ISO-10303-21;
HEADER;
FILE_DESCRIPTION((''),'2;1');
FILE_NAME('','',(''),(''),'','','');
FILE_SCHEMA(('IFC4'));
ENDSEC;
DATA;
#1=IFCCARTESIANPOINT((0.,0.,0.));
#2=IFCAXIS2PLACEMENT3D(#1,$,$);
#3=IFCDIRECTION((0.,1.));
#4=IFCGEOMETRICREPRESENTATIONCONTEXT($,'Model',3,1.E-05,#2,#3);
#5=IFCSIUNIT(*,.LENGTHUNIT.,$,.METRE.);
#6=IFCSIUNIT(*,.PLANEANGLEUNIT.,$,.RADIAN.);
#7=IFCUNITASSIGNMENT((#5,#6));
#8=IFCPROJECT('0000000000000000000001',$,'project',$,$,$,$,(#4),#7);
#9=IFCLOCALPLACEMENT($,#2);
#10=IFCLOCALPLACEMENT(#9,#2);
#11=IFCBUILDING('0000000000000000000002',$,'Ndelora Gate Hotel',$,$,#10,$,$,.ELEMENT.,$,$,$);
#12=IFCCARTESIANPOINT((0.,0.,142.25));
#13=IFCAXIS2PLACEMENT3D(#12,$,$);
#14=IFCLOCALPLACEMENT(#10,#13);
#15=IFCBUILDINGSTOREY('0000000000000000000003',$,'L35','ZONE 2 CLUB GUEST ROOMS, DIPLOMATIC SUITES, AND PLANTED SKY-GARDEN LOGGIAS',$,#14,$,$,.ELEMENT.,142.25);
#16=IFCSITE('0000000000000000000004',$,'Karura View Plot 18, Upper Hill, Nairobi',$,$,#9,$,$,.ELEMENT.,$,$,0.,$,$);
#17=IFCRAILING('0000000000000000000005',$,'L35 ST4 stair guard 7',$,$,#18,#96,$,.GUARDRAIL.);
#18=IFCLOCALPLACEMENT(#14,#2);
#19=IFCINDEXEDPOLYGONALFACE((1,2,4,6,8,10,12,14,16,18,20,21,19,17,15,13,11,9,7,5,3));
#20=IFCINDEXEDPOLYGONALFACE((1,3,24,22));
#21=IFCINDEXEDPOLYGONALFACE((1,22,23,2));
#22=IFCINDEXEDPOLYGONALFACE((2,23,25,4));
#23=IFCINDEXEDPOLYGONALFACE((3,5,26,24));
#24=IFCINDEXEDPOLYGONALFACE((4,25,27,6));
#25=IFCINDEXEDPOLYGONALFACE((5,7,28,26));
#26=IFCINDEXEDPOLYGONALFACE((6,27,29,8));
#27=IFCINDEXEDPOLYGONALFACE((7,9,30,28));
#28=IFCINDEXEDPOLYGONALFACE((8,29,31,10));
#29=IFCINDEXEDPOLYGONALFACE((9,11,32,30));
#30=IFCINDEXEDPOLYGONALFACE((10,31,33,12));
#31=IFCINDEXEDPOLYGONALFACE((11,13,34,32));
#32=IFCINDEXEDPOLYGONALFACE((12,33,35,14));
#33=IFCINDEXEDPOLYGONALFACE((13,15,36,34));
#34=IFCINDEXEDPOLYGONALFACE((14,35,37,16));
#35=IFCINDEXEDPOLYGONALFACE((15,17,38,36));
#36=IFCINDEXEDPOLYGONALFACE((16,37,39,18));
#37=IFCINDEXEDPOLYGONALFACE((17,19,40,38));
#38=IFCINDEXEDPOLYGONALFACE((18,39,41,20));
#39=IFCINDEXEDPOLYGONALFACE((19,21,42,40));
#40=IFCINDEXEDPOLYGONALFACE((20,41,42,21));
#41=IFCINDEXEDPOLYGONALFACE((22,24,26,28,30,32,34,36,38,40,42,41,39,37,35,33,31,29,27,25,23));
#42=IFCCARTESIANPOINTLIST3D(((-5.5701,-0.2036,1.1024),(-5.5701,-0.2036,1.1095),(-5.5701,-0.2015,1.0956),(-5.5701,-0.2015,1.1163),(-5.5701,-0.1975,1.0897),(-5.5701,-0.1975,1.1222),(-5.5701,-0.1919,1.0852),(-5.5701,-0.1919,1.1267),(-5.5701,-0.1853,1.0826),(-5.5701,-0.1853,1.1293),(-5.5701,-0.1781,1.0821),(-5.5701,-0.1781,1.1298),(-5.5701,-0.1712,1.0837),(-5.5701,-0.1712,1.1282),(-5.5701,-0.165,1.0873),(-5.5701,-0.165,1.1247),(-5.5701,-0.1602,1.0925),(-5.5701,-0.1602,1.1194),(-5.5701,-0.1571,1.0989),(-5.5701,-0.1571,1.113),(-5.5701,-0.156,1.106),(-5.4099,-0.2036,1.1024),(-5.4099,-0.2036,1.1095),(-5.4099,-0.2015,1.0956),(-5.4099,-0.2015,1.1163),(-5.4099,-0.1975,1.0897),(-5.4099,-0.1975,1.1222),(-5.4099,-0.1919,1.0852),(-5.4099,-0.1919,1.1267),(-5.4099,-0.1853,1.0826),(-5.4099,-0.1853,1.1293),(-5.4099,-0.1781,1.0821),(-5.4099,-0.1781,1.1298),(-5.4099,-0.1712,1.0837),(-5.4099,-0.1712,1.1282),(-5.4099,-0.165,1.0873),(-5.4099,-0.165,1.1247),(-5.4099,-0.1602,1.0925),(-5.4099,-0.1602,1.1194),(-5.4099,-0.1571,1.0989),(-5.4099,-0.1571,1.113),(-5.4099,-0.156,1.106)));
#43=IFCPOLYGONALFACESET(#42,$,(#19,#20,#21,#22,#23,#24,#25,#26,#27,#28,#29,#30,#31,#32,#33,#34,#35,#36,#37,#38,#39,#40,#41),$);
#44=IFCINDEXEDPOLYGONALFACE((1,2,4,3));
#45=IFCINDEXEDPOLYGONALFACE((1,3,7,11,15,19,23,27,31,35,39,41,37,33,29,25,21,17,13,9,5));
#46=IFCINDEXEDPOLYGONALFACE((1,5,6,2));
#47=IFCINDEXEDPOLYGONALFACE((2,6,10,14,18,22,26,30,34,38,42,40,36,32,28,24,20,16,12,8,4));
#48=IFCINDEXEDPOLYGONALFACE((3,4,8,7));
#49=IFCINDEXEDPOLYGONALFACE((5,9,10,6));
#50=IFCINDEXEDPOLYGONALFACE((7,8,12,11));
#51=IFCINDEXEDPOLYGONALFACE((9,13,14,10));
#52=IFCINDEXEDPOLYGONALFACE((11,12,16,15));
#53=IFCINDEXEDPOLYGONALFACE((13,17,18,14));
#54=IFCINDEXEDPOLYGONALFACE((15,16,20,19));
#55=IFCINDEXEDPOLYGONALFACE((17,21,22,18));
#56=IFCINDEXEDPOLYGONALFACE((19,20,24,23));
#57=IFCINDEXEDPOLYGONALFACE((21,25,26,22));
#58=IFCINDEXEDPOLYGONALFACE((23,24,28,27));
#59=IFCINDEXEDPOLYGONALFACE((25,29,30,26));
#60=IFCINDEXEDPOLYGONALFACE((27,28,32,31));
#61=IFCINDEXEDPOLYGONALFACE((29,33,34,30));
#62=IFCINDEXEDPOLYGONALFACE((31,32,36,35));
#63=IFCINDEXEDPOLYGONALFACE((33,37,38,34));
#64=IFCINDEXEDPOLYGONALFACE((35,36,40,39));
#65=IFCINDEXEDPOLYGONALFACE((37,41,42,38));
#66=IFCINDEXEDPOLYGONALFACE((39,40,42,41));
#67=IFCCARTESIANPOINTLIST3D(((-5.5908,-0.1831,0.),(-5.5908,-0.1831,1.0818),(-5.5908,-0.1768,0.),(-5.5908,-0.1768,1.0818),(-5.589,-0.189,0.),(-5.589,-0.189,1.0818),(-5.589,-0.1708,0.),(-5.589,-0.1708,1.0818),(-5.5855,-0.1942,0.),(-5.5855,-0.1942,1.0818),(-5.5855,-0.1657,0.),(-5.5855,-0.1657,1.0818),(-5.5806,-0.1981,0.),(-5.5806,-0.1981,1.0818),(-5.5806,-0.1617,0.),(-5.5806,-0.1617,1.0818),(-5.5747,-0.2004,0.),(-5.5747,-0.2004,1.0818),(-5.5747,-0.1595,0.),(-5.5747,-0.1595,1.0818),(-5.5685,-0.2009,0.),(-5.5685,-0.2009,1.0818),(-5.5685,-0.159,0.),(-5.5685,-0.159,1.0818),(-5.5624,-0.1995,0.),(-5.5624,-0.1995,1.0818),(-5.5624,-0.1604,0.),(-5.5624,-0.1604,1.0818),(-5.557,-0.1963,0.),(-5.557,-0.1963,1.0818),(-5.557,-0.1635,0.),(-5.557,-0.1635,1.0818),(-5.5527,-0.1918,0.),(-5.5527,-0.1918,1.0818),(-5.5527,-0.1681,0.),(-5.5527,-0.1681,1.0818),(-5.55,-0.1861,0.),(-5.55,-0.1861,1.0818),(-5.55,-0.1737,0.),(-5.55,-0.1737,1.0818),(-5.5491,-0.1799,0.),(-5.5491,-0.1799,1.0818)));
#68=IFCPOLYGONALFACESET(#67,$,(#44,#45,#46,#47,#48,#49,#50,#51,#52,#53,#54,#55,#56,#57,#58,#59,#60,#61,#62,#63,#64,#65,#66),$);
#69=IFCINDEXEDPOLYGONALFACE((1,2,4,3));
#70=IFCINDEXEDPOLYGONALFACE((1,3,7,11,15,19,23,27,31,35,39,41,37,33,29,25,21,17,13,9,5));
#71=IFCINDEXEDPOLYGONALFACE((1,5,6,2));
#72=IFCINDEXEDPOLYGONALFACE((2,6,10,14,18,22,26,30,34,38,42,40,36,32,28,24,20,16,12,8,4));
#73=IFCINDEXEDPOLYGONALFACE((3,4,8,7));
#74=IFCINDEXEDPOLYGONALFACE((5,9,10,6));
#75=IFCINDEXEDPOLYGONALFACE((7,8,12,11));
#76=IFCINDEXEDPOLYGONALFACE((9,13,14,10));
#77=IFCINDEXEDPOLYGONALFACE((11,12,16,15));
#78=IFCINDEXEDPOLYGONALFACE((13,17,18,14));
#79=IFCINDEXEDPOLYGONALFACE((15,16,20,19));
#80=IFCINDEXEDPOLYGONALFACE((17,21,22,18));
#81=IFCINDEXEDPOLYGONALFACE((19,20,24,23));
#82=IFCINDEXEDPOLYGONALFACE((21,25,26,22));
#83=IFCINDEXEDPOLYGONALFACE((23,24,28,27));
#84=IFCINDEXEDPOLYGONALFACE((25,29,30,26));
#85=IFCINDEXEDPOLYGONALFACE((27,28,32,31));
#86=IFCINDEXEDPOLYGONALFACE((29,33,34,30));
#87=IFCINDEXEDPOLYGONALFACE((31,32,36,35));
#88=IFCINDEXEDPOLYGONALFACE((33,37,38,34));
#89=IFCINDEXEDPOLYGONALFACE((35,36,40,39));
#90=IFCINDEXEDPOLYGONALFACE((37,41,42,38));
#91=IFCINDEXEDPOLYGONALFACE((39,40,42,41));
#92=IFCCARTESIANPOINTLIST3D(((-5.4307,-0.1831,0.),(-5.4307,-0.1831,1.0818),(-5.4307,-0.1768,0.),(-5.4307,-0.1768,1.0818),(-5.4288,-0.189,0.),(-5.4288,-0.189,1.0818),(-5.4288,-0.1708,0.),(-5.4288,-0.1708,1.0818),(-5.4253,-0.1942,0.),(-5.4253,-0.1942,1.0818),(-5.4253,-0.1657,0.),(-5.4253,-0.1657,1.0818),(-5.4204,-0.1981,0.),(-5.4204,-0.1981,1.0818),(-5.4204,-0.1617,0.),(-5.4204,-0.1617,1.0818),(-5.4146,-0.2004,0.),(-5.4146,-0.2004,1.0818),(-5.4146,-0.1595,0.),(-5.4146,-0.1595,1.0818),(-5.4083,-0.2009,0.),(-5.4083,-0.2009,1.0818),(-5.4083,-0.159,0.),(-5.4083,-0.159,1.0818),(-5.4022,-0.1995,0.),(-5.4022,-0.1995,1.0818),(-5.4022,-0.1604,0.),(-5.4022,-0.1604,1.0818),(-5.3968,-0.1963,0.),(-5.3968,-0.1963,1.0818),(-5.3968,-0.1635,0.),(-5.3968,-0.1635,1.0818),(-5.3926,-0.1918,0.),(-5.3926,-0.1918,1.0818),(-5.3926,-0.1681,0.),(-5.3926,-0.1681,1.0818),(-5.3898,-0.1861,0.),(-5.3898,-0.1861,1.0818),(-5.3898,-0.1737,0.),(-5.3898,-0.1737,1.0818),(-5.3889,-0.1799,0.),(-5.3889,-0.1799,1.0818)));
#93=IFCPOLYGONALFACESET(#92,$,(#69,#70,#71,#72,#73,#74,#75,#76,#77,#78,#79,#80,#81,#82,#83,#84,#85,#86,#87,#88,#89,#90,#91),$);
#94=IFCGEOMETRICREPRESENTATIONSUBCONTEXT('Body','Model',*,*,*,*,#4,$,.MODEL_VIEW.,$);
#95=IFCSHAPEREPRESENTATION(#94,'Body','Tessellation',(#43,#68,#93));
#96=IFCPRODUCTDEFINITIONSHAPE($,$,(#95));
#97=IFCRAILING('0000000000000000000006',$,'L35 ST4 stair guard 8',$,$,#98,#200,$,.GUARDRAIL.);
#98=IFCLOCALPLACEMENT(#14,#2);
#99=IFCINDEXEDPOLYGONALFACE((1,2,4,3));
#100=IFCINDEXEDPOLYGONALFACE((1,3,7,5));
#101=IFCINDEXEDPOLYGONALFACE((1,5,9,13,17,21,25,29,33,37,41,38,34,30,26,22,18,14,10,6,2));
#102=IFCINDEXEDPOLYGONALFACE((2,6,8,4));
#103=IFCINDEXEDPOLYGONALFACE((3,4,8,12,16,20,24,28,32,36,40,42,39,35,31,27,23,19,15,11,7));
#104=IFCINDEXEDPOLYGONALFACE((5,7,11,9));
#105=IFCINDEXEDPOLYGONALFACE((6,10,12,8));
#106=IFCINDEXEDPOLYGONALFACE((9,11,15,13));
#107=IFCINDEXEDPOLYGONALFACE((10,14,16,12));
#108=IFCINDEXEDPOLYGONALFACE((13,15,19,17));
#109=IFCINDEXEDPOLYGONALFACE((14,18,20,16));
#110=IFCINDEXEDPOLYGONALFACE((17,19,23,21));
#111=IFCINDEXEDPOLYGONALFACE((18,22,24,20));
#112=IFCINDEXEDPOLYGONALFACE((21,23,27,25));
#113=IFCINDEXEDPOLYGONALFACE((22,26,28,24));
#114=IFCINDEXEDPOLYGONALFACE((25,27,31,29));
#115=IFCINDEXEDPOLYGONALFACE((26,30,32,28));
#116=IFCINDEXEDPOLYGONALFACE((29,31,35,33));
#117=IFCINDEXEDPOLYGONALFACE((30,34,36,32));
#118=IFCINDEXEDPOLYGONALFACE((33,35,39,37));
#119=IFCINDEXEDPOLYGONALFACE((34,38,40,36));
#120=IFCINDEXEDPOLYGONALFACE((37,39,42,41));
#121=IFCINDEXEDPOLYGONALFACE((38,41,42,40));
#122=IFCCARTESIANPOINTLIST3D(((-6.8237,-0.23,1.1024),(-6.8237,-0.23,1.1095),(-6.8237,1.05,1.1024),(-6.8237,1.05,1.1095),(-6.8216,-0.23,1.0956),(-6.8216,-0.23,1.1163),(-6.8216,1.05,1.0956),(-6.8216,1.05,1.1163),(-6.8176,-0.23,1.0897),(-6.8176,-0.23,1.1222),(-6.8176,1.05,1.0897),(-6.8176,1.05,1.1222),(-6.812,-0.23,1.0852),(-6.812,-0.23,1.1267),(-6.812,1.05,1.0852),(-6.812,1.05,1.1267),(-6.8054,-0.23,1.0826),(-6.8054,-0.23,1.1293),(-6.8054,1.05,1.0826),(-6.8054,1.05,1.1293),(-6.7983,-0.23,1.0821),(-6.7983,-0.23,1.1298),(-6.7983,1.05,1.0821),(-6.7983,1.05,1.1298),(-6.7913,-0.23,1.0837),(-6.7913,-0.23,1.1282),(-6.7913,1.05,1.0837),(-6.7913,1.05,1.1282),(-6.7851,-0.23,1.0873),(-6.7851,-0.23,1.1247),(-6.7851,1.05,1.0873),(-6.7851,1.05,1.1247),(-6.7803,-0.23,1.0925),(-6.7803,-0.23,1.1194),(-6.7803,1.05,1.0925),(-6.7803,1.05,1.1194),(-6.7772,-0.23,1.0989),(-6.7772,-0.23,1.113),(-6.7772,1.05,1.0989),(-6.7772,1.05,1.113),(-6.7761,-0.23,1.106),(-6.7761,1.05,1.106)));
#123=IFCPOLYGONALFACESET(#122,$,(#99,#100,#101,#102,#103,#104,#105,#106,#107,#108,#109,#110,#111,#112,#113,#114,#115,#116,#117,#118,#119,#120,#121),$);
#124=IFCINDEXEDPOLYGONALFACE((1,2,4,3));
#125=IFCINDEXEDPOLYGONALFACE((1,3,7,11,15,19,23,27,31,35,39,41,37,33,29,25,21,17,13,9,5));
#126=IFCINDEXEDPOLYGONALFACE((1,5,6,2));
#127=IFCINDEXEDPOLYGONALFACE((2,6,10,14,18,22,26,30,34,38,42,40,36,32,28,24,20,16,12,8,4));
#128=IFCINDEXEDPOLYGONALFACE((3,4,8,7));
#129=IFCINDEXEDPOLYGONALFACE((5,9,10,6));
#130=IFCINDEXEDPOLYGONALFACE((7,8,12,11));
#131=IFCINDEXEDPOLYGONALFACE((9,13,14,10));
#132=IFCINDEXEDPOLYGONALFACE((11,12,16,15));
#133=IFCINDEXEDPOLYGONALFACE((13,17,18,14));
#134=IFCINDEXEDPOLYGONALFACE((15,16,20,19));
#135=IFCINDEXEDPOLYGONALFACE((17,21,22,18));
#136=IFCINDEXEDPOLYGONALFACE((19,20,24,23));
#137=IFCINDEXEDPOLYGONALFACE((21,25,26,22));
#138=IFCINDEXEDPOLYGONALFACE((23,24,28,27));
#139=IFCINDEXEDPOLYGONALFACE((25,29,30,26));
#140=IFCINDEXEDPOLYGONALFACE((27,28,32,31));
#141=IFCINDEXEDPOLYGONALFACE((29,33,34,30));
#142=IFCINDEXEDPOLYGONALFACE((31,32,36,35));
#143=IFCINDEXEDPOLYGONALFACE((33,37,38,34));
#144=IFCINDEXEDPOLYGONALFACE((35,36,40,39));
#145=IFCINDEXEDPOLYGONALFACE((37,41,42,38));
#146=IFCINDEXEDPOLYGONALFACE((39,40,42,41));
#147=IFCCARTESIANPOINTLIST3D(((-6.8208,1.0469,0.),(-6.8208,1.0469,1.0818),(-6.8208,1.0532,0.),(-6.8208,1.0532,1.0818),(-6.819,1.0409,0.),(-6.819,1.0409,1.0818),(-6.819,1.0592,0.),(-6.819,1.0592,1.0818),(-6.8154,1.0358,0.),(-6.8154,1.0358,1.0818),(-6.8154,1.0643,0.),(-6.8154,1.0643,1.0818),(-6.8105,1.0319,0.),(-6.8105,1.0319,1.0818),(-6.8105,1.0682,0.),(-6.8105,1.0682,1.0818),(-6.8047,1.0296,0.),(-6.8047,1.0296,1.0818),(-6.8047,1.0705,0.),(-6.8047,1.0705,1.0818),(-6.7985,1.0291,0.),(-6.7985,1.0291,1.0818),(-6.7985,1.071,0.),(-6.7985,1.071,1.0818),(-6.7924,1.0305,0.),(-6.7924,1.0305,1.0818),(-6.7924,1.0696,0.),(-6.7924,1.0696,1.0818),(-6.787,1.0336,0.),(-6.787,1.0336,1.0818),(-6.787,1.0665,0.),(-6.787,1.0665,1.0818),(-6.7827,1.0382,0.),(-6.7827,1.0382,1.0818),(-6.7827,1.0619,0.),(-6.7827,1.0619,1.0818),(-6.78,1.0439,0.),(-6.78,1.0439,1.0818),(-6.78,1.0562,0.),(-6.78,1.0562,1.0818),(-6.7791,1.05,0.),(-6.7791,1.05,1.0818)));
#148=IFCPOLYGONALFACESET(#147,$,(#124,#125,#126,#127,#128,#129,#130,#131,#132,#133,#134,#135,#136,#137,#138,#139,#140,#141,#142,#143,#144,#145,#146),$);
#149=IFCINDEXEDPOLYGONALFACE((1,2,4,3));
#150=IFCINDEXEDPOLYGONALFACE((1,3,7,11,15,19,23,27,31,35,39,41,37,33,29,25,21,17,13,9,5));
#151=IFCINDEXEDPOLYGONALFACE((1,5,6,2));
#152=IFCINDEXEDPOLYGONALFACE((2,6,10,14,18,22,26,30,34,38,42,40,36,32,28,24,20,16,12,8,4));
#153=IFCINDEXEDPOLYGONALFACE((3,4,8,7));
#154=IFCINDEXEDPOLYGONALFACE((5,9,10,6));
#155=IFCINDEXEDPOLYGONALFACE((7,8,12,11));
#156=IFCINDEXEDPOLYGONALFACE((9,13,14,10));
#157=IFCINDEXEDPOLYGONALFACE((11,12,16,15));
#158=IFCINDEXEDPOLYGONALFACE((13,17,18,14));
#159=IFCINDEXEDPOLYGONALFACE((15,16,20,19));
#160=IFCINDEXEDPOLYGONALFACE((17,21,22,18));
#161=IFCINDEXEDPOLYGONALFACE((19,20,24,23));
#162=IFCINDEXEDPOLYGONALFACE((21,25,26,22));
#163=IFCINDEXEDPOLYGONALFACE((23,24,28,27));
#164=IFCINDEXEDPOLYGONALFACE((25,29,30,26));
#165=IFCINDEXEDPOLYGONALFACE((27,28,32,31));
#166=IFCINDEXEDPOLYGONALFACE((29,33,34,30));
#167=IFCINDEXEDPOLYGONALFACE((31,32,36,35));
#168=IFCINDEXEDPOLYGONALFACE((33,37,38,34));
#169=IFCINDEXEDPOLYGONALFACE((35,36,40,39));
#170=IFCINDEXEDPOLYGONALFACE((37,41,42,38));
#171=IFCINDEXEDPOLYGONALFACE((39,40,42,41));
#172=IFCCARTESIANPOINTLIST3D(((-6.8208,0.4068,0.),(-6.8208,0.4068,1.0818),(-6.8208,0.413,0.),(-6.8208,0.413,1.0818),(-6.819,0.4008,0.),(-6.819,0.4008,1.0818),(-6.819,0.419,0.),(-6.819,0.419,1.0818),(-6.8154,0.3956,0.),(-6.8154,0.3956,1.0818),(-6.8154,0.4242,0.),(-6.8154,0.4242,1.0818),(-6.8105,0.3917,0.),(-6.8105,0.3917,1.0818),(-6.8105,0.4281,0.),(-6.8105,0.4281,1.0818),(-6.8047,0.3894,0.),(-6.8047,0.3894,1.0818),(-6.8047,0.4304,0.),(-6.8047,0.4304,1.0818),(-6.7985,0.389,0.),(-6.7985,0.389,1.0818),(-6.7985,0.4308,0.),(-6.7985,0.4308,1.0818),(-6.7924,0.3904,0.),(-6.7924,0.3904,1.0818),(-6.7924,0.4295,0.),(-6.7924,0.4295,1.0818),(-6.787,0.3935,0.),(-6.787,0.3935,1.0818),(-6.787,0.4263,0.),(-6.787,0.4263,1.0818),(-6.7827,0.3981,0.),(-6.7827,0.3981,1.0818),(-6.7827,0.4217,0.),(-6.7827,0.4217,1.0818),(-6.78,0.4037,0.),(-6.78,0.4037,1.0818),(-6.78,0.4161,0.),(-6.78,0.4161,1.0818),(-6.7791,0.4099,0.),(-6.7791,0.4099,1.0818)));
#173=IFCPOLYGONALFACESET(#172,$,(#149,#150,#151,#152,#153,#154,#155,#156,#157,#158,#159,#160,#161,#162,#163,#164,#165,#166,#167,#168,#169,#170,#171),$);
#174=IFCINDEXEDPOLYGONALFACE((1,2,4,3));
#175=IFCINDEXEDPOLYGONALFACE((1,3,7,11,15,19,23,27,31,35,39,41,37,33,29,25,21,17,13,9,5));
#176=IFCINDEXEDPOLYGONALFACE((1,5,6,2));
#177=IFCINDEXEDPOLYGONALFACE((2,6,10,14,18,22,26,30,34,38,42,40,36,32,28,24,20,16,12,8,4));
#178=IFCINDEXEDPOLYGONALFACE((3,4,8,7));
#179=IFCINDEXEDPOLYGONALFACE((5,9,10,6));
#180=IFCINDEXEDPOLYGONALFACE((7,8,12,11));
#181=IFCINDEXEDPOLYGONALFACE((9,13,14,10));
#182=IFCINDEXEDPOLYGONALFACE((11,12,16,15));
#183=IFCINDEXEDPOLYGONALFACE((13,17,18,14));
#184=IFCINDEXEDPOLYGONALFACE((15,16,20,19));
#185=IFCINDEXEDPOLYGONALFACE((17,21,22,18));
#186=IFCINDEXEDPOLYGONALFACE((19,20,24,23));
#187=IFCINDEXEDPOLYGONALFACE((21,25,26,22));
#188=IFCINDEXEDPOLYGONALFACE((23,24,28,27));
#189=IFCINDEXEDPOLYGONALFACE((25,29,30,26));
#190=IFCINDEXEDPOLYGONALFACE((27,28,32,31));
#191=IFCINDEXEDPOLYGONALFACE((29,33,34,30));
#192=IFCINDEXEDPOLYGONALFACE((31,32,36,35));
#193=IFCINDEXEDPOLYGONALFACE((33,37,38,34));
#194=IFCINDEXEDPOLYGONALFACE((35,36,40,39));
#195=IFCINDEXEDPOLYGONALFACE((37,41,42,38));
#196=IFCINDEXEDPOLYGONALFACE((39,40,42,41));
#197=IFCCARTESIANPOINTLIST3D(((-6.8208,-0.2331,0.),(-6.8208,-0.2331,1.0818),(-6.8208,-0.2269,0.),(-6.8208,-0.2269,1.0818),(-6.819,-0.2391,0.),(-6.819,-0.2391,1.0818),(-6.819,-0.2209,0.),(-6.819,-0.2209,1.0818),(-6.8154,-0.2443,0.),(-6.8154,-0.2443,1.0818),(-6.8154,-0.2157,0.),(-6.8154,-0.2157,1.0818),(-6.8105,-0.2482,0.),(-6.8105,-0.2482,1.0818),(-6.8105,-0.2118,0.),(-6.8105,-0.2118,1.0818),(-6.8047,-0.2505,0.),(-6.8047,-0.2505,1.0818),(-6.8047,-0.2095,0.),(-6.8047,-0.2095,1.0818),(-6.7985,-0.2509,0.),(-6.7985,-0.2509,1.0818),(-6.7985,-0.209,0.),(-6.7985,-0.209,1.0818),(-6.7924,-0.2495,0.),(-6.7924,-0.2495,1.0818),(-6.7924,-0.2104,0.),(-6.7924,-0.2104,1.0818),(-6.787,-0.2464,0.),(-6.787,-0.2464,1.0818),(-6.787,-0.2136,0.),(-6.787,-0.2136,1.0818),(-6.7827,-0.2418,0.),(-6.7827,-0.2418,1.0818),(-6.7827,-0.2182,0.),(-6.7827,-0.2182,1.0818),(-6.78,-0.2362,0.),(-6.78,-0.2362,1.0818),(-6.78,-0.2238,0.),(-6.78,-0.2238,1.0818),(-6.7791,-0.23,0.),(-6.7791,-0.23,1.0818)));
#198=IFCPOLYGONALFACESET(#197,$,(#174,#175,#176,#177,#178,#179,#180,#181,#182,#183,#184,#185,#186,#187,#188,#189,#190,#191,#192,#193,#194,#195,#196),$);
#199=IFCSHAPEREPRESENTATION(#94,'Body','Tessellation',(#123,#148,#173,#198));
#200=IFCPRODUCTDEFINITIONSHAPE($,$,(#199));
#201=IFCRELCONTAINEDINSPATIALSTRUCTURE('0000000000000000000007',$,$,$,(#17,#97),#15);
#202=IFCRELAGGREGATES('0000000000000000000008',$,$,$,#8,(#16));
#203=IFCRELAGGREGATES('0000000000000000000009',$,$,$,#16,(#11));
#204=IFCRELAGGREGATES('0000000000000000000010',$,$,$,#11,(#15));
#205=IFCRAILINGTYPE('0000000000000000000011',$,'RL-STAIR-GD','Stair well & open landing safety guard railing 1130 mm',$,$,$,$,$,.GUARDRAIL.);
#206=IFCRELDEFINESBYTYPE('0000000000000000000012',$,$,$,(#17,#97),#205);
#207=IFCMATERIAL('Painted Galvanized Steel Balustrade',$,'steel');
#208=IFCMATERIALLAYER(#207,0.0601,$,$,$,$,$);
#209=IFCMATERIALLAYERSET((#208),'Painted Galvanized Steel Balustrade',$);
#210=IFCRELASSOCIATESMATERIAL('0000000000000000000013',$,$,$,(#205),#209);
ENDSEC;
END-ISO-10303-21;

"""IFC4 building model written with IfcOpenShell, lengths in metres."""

from ifc_helpers import new_model, si_unit, direction, frame, origin, origin_2d, place, context, subcontext, project, spatial, circle, extrude, material, layer, layer_set, type_object, element, save


model = new_model("IFC4")

# Units and contexts
model_context = context("Model", 3, precision=1e-05, world=origin(), true_north=direction((0.0, 1.0)))
body_context = subcontext(model_context, "Body", "Model", "MODEL_VIEW")
ifc_project = project(units=[si_unit("LENGTHUNIT", "METRE"), si_unit("PLANEANGLEUNIT", "RADIAN")], contexts=[model_context])

# Site, building, storey
site_placement = place(None, origin())
site = spatial("IfcSite", under=ifc_project, at=site_placement, Name="Karura View Plot 18, Upper Hill, Nairobi", CompositionType="ELEMENT", RefElevation=0.0)
building_placement = place(site_placement, origin())
building = spatial("IfcBuilding", under=site, at=building_placement, Name="Ndelora Gate Hotel", CompositionType="ELEMENT")
storey_placement = place(building_placement, frame((0.0, 0.0, 142.25)))
storey = spatial("IfcBuildingStorey", under=building, at=storey_placement, Name="L35", Description="ZONE 2 CLUB GUEST ROOMS, DIPLOMATIC SUITES, AND PLANTED SKY-GARDEN LOGGIAS", CompositionType="ELEMENT", Elevation=142.25)

# Railings
ifc_material_1 = material(Name="Painted Galvanized Steel Balustrade", Category="steel")
ifc_layer_1 = layer(ifc_material_1, 0.0601)
ifc_layer_set_1 = layer_set([ifc_layer_1], Name="Painted Galvanized Steel Balustrade")
railing_type_1 = type_object("IfcRailingType", Name="RL-STAIR-GD", Description="Stair well & open landing safety guard railing 1130 mm", PredefinedType="GUARDRAIL", material=ifc_layer_set_1)
railing_1_placement = place(storey_placement, frame((-5.5701, -0.1799, 0.0)))
element("IfcRailing", 1, at=railing_1_placement, inside=storey, type_object=railing_type_1, Name="L35 ST4 stair guard 7", PredefinedType="GUARDRAIL", context=body_context, shape_type="SweptSolid", body=[
    extrude(circle(Radius=0.0239, at=origin_2d()), frame((0.0, 0.0, 1.106), z_axis=(1.0, 0.0, 0.0), x_axis=(0.0, 1.0, 0.0)), (0.0, 0.0, 1.0), 0.1602),
    extrude(circle(Radius=0.021, at=origin_2d()), origin(), (0.0, 0.0, 1.0), 1.0818),
    extrude(circle(Radius=0.021, at=origin_2d()), frame((0.1602, 0.0, 0.0)), (0.0, 0.0, 1.0), 1.0818),
])
for number, where, name in (
    (2, (-6.8, 1.05, 0.0), "L35 ST4 stair guard 8"),
):
    element("IfcRailing", number, at=place(storey_placement, frame(where)), inside=storey, type_object=railing_type_1, Name=name, PredefinedType="GUARDRAIL", context=body_context, shape_type="SweptSolid", body=[
        extrude(circle(Radius=0.0239, at=origin_2d()), frame((0.0, 0.0, 1.106), z_axis=(0.0, -1.0, 0.0), x_axis=(1.0, 0.0, 0.0)), (0.0, 0.0, 1.0), 1.28),
        extrude(circle(Radius=0.021, at=origin_2d()), origin(), (0.0, 0.0, 1.0), 1.0818),
        extrude(circle(Radius=0.021, at=origin_2d()), frame((0.0, -0.6401, 0.0)), (0.0, 0.0, 1.0), 1.0818),
        extrude(circle(Radius=0.021, at=origin_2d()), frame((0.0, -1.28, 0.0)), (0.0, 0.0, 1.0), 1.0818),
    ])

save(model, "model.ifc")
